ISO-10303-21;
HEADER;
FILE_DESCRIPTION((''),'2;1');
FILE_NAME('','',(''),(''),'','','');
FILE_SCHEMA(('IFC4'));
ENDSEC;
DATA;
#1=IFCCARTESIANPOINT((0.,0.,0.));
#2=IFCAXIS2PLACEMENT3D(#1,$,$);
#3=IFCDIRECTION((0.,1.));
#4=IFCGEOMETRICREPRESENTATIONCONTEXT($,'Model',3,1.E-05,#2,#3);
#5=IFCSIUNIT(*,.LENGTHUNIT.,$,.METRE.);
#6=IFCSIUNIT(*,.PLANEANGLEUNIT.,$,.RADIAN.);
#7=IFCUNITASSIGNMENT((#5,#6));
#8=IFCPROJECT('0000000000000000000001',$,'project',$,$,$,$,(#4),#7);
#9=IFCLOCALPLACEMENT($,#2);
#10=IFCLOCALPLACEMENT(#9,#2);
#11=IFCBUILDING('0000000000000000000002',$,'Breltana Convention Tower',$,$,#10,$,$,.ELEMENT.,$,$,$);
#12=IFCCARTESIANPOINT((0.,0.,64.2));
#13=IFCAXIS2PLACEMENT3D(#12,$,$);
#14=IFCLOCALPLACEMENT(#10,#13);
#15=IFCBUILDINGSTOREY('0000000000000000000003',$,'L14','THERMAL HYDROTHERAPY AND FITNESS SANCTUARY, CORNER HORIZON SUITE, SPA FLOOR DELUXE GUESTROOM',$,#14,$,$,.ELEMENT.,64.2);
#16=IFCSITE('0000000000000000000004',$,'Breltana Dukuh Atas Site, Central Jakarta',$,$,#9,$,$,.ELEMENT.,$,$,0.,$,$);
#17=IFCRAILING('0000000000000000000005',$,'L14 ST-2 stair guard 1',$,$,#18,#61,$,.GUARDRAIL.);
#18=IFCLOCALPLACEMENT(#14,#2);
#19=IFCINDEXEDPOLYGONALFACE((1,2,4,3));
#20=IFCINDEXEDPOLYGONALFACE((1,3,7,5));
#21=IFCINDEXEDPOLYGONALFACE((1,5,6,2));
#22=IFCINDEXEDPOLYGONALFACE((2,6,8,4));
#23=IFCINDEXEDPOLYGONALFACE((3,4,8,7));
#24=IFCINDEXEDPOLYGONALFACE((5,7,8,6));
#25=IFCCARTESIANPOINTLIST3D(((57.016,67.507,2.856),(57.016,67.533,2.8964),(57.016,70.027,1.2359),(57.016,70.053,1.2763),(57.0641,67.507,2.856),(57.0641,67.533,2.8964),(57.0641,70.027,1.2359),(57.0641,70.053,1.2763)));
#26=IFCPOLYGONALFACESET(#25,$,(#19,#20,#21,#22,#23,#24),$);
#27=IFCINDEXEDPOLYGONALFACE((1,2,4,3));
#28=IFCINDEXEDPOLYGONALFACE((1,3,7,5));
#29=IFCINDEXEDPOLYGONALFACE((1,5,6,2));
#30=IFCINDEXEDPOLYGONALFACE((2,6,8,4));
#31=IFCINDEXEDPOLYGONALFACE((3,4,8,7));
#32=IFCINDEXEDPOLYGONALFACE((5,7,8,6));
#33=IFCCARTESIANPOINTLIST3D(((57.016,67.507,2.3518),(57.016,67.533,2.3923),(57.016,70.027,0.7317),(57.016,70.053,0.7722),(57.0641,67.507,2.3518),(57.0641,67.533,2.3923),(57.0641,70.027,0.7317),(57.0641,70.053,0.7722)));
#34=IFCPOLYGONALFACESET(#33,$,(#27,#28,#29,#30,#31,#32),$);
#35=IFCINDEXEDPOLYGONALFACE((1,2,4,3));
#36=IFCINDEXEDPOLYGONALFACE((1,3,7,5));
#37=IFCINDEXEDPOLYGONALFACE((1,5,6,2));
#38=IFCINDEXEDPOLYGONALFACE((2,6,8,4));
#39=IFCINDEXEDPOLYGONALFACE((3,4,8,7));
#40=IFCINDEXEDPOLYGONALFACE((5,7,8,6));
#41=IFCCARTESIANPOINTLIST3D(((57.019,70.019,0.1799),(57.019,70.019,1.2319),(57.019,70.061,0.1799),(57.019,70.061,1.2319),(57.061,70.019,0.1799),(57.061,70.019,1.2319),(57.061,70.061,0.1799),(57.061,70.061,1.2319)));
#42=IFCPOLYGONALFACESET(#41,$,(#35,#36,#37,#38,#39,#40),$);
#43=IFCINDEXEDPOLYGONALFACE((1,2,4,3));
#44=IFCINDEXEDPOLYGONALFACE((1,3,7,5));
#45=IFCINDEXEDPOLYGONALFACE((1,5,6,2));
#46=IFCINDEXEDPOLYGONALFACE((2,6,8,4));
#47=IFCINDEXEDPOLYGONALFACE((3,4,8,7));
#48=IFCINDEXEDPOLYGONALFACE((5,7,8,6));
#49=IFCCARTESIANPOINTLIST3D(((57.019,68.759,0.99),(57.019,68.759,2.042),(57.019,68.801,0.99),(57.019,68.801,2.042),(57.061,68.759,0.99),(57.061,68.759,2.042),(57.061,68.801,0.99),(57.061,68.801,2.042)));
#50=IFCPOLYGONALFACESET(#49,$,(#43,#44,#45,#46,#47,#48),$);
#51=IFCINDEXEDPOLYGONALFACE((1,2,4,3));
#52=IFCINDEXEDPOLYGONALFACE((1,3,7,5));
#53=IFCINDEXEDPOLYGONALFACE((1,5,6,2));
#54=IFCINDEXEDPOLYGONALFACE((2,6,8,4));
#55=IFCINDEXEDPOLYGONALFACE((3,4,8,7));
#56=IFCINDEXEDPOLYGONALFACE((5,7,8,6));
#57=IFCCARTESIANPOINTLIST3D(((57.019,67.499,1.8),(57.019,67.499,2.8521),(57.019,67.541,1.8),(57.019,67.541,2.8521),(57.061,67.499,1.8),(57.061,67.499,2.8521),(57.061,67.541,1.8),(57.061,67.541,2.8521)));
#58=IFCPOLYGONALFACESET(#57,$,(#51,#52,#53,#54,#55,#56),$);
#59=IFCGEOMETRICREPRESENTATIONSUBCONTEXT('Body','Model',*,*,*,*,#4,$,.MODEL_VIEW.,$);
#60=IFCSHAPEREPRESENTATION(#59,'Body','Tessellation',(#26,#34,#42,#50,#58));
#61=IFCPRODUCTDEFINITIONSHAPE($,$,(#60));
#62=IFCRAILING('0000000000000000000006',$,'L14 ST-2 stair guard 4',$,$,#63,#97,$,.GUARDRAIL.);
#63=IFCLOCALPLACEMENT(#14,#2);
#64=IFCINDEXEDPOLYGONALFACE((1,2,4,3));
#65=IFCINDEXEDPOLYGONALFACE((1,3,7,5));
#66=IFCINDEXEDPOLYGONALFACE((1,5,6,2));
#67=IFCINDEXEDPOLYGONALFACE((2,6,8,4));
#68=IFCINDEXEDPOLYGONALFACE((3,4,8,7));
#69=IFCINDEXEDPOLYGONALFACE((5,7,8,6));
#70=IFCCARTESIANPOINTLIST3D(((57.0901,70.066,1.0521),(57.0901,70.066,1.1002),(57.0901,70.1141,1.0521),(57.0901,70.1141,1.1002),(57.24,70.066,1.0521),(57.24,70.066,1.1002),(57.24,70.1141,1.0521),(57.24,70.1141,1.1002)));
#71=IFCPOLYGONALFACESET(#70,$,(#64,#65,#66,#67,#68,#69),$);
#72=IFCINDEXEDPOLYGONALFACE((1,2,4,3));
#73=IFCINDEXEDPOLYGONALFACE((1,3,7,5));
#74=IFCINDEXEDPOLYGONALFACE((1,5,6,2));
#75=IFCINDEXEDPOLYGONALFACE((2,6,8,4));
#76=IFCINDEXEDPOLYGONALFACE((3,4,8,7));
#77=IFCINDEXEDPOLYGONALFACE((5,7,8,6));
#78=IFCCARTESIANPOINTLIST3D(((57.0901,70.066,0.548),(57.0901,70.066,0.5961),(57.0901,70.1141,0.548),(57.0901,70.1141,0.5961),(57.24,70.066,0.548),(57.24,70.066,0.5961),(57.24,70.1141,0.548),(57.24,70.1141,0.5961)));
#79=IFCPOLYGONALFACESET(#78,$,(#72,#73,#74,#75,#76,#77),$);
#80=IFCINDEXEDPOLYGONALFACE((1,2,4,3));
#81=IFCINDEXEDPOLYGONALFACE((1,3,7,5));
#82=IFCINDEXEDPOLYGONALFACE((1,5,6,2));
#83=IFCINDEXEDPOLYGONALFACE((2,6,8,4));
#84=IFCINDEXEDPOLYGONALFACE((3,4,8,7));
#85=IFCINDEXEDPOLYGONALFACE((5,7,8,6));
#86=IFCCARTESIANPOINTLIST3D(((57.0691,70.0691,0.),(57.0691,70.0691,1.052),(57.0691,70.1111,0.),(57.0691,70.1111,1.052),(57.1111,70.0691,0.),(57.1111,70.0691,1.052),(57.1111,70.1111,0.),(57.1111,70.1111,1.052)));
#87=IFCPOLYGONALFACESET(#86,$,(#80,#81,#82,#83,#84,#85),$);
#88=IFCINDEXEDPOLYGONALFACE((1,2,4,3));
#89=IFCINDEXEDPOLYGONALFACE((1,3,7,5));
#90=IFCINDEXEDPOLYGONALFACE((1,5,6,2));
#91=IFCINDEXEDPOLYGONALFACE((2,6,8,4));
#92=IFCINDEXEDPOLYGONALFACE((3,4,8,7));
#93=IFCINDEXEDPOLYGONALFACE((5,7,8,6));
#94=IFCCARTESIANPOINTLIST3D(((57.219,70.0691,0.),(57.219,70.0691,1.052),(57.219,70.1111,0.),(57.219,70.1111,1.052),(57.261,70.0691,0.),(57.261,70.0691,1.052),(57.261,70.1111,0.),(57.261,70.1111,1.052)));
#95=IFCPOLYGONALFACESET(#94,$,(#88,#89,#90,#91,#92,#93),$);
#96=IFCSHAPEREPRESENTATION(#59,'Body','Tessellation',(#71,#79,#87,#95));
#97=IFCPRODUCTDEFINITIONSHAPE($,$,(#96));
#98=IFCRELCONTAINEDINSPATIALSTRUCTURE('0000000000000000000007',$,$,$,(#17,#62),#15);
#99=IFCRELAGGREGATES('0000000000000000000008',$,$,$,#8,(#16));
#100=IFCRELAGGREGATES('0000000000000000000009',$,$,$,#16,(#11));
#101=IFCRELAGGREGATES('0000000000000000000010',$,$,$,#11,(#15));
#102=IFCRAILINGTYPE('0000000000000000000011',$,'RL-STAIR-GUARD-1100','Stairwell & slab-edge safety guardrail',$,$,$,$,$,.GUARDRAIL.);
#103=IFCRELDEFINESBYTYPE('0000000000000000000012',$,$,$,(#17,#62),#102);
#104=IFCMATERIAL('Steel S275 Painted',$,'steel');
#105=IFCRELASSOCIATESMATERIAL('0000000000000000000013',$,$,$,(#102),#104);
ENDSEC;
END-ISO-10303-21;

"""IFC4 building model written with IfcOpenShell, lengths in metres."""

from ifc_helpers import new_model, si_unit, direction, frame, origin, origin_2d, place, context, subcontext, project, spatial, rectangle, extrude, material, type_object, element, save


model = new_model("IFC4")

# Units and contexts
model_context = context("Model", 3, precision=1e-05, world=origin(), true_north=direction((0.0, 1.0)))
body_context = subcontext(model_context, "Body", "Model", "MODEL_VIEW")
ifc_project = project(units=[si_unit("LENGTHUNIT", "METRE"), si_unit("PLANEANGLEUNIT", "RADIAN")], contexts=[model_context])

# Site, building, storey
site_placement = place(None, origin())
site = spatial("IfcSite", under=ifc_project, at=site_placement, Name="Breltana Dukuh Atas Site, Central Jakarta", CompositionType="ELEMENT", RefElevation=0.0)
building_placement = place(site_placement, origin())
building = spatial("IfcBuilding", under=site, at=building_placement, Name="Breltana Convention Tower", CompositionType="ELEMENT")
storey_placement = place(building_placement, frame((0.0, 0.0, 64.2)))
storey = spatial("IfcBuildingStorey", under=building, at=storey_placement, Name="L14", Description="THERMAL HYDROTHERAPY AND FITNESS SANCTUARY, CORNER HORIZON SUITE, SPA FLOOR DELUXE GUESTROOM", CompositionType="ELEMENT", Elevation=64.2)

# Railings
ifc_material_1 = material(Name="Steel S275 Painted", Category="steel")
railing_type = type_object("IfcRailingType", Name="RL-STAIR-GUARD-1100", Description="Stairwell & slab-edge safety guardrail", PredefinedType="GUARDRAIL", material=ifc_material_1)
railing_1_placement = place(storey_placement, frame((57.04, 70.04, 0.1799)))
element("IfcRailing", 1, at=railing_1_placement, inside=storey, type_object=railing_type, Name="L14 ST-2 stair guard 1", PredefinedType="GUARDRAIL", context=body_context, shape_type="SweptSolid", body=[
    extrude(rectangle(XDim=0.0481, YDim=0.0481, at=origin_2d()), frame((0.0, 0.0, 1.0762), z_axis=(0.0, -0.841163, 0.540782), x_axis=(1.0, 0.0, 0.0)), (0.0, 0.0, 1.0), 2.9958),
    extrude(rectangle(XDim=0.0481, YDim=0.0481, at=origin_2d()), frame((0.0, 0.0, 0.572), z_axis=(0.0, -0.841163, 0.540782), x_axis=(1.0, 0.0, 0.0)), (0.0, 0.0, 1.0), 2.9958),
    extrude(rectangle(XDim=0.042, YDim=0.042, at=origin_2d()), origin(), (0.0, 0.0, 1.0), 1.052),
    extrude(rectangle(XDim=0.042, YDim=0.042, at=origin_2d()), frame((0.0, -1.26, 0.8101)), (0.0, 0.0, 1.0), 1.052),
    extrude(rectangle(XDim=0.042, YDim=0.042, at=origin_2d()), frame((0.0, -2.52, 1.6201)), (0.0, 0.0, 1.0), 1.052),
])
railing_2_placement = place(storey_placement, frame((57.0901, 70.0901, 0.0)))
element("IfcRailing", 2, at=railing_2_placement, inside=storey, type_object=railing_type, Name="L14 ST-2 stair guard 4", PredefinedType="GUARDRAIL", context=body_context, shape_type="SweptSolid", body=[
    extrude(rectangle(XDim=0.0481, YDim=0.0481, at=origin_2d()), frame((0.0, 0.0, 1.0762), z_axis=(1.0, 0.0, 0.0), x_axis=(0.0, 1.0, 0.0)), (0.0, 0.0, 1.0), 0.1499),
    extrude(rectangle(XDim=0.0481, YDim=0.0481, at=origin_2d()), frame((0.0, 0.0, 0.572), z_axis=(1.0, 0.0, 0.0), x_axis=(0.0, 1.0, 0.0)), (0.0, 0.0, 1.0), 0.1499),
    extrude(rectangle(XDim=0.042, YDim=0.042, at=origin_2d()), origin(), (0.0, 0.0, 1.0), 1.052),
    extrude(rectangle(XDim=0.042, YDim=0.042, at=origin_2d()), frame((0.1499, 0.0, 0.0)), (0.0, 0.0, 1.0), 1.052),
])

save(model, "model.ifc")
